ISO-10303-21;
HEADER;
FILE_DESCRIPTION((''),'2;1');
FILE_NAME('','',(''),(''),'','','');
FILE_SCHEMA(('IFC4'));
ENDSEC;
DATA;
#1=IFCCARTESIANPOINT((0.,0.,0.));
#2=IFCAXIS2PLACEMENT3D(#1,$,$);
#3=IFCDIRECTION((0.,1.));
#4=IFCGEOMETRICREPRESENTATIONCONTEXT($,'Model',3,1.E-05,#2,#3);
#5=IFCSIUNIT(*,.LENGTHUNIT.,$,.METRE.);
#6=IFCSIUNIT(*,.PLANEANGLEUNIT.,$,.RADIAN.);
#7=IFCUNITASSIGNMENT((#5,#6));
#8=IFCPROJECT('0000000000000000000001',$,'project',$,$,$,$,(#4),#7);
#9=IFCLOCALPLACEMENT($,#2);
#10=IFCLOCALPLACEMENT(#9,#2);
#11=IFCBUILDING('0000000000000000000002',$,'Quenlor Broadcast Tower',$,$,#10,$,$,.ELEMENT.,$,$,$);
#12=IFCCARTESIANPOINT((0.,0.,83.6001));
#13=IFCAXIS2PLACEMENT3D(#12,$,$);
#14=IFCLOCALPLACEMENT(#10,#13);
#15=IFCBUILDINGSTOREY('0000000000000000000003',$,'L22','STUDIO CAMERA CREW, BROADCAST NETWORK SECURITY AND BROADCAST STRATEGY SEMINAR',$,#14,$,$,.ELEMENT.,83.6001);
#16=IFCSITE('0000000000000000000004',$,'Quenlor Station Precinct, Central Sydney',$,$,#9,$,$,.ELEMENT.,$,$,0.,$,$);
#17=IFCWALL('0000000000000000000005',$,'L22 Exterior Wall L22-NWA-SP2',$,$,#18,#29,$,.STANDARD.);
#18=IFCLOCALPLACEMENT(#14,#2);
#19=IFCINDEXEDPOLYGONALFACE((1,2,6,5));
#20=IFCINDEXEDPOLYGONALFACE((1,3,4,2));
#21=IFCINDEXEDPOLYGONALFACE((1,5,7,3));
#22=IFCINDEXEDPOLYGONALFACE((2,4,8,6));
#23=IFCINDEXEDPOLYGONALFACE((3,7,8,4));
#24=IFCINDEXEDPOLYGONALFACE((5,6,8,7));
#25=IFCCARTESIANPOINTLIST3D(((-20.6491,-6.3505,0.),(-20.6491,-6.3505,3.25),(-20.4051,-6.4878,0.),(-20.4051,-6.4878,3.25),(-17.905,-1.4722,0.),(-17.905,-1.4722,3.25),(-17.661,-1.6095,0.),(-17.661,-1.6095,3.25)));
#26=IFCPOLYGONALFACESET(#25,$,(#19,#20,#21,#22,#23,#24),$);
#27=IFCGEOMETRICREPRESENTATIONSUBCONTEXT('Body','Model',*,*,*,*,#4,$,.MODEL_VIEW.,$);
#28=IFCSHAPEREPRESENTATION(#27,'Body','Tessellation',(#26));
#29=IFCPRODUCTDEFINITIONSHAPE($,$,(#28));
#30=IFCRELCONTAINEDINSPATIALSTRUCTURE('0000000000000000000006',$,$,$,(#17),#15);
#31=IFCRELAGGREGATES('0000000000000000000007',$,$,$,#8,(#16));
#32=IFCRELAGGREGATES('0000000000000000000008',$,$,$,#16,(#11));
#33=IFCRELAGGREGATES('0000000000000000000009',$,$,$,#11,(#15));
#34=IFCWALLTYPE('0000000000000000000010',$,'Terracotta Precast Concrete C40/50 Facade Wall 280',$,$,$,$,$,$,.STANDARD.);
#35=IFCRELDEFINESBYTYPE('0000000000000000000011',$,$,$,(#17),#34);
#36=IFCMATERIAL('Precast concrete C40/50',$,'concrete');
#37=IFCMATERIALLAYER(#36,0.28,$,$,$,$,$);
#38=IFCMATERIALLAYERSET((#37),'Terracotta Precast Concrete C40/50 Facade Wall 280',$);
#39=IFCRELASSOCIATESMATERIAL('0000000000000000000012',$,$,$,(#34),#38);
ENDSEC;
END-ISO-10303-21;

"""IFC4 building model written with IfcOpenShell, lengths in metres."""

from ifc_helpers import new_model, si_unit, direction, frame, frame_2d, origin, place, context, subcontext, project, spatial, rectangle, extrude, material, layer, layer_set, type_object, element, save


model = new_model("IFC4")

# Units and contexts
model_context = context("Model", 3, precision=1e-05, world=origin(), true_north=direction((0.0, 1.0)))
body_context = subcontext(model_context, "Body", "Model", "MODEL_VIEW")
ifc_project = project(units=[si_unit("LENGTHUNIT", "METRE"), si_unit("PLANEANGLEUNIT", "RADIAN")], contexts=[model_context])

# Site, building, storey
site_placement = place(None, origin())
site = spatial("IfcSite", under=ifc_project, at=site_placement, Name="Quenlor Station Precinct, Central Sydney", CompositionType="ELEMENT", RefElevation=0.0)
building_placement = place(site_placement, origin())
building = spatial("IfcBuilding", under=site, at=building_placement, Name="Quenlor Broadcast Tower", CompositionType="ELEMENT")
storey_placement = place(building_placement, frame((0.0, 0.0, 83.6001)))
storey = spatial("IfcBuildingStorey", under=building, at=storey_placement, Name="L22", Description="STUDIO CAMERA CREW, BROADCAST NETWORK SECURITY AND BROADCAST STRATEGY SEMINAR", CompositionType="ELEMENT", Elevation=83.6001)

# Wall
ifc_material_1 = material(Name="Precast concrete C40/50", Category="concrete")
ifc_layer_1 = layer(ifc_material_1, 0.28)
ifc_layer_set_1 = layer_set([ifc_layer_1], Name="Terracotta Precast Concrete C40/50 Facade Wall 280")
wall_type_1 = type_object("IfcWallType", Name="Terracotta Precast Concrete C40/50 Facade Wall 280", PredefinedType="STANDARD", material=ifc_layer_set_1)
wall_1_placement = place(storey_placement, frame((-20.5271, -6.4192, 0.0), z_axis=(0.0, 0.0, 1.0), x_axis=(0.490265, 0.871573, 0.0)))
element("IfcWall", 1, at=wall_1_placement, inside=storey, type_object=wall_type_1, Name="L22 Exterior Wall L22-NWA-SP2", PredefinedType="STANDARD", context=body_context, shape_type="SweptSolid", body=[
    extrude(rectangle(XDim=5.5972, YDim=0.28, at=frame_2d((2.7986, 0.0))), origin(), (0.0, 0.0, 1.0), 3.25),
])

save(model, "model.ifc")
